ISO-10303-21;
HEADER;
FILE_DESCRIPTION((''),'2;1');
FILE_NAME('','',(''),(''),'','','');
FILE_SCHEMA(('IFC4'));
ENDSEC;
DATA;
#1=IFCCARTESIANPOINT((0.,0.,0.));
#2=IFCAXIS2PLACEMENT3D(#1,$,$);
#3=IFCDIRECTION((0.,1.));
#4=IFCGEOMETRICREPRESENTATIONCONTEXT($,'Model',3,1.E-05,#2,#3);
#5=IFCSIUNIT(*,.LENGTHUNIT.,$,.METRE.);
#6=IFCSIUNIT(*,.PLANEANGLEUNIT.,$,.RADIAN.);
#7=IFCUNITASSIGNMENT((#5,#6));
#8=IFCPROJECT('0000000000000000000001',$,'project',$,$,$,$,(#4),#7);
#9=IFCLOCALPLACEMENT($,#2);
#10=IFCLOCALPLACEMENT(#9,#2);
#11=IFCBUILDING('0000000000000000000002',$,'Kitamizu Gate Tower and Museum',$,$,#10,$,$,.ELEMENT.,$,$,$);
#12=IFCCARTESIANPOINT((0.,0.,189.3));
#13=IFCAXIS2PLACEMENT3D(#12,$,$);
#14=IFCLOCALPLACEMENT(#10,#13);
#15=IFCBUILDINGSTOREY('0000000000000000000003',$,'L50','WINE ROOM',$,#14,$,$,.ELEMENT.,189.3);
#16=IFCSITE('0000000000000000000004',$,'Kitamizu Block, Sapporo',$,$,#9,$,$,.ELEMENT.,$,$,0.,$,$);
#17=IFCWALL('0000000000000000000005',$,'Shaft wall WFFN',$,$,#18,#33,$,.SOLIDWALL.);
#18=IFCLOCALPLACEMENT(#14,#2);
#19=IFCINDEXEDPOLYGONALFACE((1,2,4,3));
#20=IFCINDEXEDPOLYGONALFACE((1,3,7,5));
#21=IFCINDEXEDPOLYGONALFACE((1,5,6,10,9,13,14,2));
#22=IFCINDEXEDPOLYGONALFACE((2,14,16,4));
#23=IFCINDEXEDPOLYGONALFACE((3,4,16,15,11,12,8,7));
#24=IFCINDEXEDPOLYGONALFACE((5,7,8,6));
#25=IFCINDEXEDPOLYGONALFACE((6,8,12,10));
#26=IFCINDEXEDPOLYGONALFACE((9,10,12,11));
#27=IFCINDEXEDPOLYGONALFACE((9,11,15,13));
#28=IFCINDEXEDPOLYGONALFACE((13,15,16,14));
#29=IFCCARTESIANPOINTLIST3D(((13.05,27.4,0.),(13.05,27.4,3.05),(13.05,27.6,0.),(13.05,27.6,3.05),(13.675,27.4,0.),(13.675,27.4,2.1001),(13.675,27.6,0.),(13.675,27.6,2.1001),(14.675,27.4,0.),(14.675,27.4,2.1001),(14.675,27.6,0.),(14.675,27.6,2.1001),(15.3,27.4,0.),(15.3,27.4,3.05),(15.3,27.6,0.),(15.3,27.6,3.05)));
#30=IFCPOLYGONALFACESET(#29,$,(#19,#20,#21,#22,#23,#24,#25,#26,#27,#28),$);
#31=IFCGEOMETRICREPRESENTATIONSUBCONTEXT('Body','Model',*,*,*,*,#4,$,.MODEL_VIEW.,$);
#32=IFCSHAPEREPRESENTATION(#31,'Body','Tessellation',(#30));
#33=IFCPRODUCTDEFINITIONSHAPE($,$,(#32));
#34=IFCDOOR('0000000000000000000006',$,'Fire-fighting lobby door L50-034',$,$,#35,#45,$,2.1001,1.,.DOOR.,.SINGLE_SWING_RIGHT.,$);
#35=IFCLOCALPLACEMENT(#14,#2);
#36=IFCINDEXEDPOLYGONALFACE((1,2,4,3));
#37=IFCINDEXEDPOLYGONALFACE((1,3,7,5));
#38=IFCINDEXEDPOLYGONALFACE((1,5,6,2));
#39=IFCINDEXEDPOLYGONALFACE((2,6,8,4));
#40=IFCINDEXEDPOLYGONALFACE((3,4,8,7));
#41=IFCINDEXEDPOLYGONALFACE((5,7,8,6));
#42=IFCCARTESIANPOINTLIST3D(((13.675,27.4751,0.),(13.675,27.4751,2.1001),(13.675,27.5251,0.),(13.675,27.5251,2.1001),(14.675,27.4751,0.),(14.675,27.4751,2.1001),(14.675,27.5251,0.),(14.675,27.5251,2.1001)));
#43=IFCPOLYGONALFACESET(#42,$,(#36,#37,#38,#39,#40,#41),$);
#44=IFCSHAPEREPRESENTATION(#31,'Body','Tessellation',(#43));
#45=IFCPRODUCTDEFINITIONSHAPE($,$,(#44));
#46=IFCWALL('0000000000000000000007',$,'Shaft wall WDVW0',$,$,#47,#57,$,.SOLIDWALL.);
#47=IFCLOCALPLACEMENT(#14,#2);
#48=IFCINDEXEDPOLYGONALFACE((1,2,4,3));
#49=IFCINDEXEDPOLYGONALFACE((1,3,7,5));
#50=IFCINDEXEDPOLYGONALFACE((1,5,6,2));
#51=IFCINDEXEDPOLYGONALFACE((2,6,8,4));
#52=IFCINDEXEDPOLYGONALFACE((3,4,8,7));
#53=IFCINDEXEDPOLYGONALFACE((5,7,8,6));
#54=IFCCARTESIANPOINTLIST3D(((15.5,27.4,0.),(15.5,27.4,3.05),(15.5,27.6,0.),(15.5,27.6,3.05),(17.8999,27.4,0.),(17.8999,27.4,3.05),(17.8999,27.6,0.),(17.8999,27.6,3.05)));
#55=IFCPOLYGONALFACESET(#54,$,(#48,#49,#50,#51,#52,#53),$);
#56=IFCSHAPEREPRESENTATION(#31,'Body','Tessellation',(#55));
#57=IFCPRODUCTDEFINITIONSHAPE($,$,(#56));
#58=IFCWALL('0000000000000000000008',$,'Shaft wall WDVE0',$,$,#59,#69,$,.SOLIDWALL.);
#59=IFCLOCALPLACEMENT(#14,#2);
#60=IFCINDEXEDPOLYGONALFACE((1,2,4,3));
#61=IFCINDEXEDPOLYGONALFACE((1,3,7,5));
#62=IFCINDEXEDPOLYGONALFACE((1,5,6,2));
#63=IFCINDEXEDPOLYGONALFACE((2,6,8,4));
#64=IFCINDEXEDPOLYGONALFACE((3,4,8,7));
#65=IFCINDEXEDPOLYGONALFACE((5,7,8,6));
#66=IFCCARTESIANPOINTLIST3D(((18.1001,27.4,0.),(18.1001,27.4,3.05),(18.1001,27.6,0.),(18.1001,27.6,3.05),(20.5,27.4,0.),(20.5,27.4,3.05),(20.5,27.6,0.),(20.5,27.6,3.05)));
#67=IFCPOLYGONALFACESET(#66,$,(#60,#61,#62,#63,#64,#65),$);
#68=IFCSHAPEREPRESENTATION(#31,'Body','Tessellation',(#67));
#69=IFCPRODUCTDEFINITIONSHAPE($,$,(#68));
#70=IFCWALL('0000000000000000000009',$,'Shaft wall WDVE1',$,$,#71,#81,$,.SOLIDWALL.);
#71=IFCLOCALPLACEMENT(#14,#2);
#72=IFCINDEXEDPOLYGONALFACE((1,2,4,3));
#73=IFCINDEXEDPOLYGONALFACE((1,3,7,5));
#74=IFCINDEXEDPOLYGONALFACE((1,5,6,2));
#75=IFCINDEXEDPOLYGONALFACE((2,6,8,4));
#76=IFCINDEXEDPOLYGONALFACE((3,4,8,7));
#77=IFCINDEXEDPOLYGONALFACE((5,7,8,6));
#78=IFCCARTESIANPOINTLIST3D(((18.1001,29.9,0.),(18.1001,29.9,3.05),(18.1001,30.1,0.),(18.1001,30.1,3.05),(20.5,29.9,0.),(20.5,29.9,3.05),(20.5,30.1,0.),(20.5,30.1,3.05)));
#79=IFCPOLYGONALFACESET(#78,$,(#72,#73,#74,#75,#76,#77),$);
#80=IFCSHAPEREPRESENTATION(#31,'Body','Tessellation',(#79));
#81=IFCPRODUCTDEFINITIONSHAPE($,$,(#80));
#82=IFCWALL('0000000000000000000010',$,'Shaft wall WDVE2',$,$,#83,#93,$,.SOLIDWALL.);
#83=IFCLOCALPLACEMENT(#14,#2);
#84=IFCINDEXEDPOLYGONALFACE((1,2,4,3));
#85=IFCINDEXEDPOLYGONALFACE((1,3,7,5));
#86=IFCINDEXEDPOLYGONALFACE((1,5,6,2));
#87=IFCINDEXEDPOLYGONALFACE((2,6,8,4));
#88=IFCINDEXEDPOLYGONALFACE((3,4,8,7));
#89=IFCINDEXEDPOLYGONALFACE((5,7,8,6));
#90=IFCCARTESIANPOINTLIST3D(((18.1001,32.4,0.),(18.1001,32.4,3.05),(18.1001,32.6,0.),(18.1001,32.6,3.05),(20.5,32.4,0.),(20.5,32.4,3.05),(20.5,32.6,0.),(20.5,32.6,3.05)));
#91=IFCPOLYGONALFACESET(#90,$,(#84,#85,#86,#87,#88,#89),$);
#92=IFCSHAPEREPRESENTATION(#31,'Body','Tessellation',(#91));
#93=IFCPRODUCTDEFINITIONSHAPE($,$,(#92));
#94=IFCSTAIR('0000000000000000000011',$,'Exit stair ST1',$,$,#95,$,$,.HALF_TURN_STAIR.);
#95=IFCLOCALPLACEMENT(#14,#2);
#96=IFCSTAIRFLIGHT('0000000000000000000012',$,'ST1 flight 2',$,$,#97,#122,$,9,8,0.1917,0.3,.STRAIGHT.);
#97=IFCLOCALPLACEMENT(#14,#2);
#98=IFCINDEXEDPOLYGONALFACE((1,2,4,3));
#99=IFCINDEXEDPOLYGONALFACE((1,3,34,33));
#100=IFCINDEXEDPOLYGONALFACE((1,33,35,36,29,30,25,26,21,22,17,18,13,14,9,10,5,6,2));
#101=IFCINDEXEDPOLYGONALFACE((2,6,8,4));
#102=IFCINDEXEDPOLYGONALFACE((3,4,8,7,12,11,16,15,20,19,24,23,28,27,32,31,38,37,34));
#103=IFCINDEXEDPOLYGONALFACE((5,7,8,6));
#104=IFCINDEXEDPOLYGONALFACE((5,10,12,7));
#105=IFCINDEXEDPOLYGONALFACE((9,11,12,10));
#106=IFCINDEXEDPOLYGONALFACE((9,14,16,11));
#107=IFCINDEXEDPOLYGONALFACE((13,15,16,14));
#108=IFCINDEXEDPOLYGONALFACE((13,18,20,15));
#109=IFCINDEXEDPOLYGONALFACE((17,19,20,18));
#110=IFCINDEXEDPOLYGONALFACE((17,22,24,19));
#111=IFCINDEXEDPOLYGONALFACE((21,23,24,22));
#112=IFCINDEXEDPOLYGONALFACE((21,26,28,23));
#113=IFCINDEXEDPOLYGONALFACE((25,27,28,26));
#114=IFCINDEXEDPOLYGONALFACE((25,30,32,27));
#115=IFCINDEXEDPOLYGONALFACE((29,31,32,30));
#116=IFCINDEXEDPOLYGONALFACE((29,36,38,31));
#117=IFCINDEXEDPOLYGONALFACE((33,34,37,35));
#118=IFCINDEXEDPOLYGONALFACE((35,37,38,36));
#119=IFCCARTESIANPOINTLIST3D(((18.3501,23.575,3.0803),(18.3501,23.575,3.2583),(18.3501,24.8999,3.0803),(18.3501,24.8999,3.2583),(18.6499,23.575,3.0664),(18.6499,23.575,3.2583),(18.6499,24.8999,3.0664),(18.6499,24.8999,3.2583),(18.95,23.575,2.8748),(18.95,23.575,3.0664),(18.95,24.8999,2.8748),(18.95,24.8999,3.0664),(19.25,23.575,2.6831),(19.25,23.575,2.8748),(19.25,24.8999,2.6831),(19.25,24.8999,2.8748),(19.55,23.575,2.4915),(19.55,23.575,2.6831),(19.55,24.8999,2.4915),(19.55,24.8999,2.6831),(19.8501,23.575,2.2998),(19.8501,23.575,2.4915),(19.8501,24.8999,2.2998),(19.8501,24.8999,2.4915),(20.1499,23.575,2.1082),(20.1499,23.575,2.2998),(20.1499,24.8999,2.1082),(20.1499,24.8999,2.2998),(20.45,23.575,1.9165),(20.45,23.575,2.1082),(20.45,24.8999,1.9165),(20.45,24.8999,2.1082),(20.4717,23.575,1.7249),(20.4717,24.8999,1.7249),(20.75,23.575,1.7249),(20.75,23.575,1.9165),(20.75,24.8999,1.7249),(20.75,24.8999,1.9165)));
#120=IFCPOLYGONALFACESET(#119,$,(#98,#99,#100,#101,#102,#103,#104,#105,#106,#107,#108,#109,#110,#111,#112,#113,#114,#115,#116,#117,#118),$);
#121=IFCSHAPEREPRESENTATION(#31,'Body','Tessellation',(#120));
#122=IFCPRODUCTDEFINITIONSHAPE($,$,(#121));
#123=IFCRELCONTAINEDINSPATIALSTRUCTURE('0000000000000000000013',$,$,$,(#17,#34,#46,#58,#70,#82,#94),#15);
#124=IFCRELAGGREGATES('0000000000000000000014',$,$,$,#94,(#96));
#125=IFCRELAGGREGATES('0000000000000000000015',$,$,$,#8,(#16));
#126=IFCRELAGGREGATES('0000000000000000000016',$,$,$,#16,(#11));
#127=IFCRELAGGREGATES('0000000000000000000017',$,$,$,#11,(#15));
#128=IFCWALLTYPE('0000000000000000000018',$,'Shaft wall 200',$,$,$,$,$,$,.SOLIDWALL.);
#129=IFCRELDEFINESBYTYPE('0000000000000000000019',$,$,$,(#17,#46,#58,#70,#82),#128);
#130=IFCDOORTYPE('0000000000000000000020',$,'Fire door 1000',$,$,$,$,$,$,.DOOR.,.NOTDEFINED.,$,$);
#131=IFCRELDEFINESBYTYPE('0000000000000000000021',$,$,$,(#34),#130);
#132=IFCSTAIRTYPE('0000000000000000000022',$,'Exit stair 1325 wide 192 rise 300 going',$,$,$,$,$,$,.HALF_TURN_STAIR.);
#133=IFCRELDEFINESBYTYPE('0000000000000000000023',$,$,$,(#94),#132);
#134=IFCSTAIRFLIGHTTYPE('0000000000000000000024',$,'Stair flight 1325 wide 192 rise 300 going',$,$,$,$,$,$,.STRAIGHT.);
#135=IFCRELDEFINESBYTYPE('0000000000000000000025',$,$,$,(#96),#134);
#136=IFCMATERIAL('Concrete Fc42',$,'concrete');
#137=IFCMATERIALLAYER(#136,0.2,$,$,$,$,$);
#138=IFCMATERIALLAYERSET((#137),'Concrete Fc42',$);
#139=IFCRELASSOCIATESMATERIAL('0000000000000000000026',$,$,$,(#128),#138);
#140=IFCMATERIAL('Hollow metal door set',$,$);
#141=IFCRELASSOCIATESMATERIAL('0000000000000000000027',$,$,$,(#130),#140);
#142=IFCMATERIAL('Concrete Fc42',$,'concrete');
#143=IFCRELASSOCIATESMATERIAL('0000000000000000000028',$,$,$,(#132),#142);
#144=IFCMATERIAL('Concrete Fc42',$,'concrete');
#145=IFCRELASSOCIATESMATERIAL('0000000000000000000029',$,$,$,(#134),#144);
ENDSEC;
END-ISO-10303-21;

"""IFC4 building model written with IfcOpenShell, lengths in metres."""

from ifc_helpers import new_model, si_unit, direction, frame, frame_2d, origin, place, context, subcontext, project, spatial, polyline, rectangle, outline, extrude, material, layer, layer_set, type_object, element, fill, aggregate, save


model = new_model("IFC4")

# Units and contexts
model_context = context("Model", 3, precision=1e-05, world=origin(), true_north=direction((0.0, 1.0)))
body_context = subcontext(model_context, "Body", "Model", "MODEL_VIEW")
ifc_project = project(units=[si_unit("LENGTHUNIT", "METRE"), si_unit("PLANEANGLEUNIT", "RADIAN")], contexts=[model_context])

# Site, building, storey
site_placement = place(None, origin())
site = spatial("IfcSite", under=ifc_project, at=site_placement, Name="Kitamizu Block, Sapporo", CompositionType="ELEMENT", RefElevation=0.0)
building_placement = place(site_placement, origin())
building = spatial("IfcBuilding", under=site, at=building_placement, Name="Kitamizu Gate Tower and Museum", CompositionType="ELEMENT")
storey_placement = place(building_placement, frame((0.0, 0.0, 189.3)))
storey = spatial("IfcBuildingStorey", under=building, at=storey_placement, Name="L50", Description="WINE ROOM", CompositionType="ELEMENT", Elevation=189.3)

# Shared definitions
ifc_material_1 = material(Name="Concrete Fc42", Category="concrete")
ifc_layer_1 = layer(ifc_material_1, 0.2)
ifc_layer_set_1 = layer_set([ifc_layer_1], Name="Concrete Fc42")
wall_type_1 = type_object("IfcWallType", Name="Shaft wall 200", PredefinedType="SOLIDWALL", material=ifc_layer_set_1)
ifc_material_2 = material(Name="Hollow metal door set")
door_type_1 = type_object("IfcDoorType", Name="Fire door 1000", OperationType="NOTDEFINED", PredefinedType="DOOR", material=ifc_material_2)

# Wall, opening, door
wall_1_placement = place(storey_placement, frame((13.05, 27.5, 0.0), z_axis=(0.0, 0.0, 1.0), x_axis=(1.0, 0.0, 0.0)))
wall_1 = element("IfcWall", 1, at=wall_1_placement, inside=storey, type_object=wall_type_1, Name="Shaft wall WFFN", PredefinedType="SOLIDWALL", context=body_context, shape_type="SweptSolid", body=[
    extrude(rectangle(XDim=2.25, YDim=0.2, at=frame_2d((1.125, 0.0))), origin(), (0.0, 0.0, 1.0), 3.05),
])
opening_1_placement = place(wall_1_placement, frame((0.625, 0.0, 0.0)))
opening_1 = element("IfcOpeningElement", 2, at=opening_1_placement, cuts=wall_1, PredefinedType="OPENING", context=body_context, shape_type="SweptSolid", body=[
    extrude(rectangle(XDim=1.0, YDim=2.1001, at=frame_2d((0.5, 1.05))), frame((0.0, 0.1099, 0.0), z_axis=(0.0, -1.0, 0.0), x_axis=(1.0, 0.0, 0.0)), (0.0, 0.0, 1.0), 0.22),
])
door_1_placement = place(opening_1_placement, frame((1.0, 0.0, 0.0), x_axis=(-1.0, 0.0, 0.0)))
door_1 = element("IfcDoor", 3, at=door_1_placement, inside=storey, type_object=door_type_1, Name="Fire-fighting lobby door L50-034", OperationType="SINGLE_SWING_RIGHT", OverallHeight=2.1001, OverallWidth=1.0, PredefinedType="DOOR", context=body_context, shape_type="SweptSolid", body=[
    extrude(rectangle(XDim=1.0, YDim=2.1001, at=frame_2d((0.5, 1.05))), frame((0.0, 0.0249, 0.0), z_axis=(0.0, -1.0, 0.0), x_axis=(1.0, 0.0, 0.0)), (0.0, 0.0, 1.0), 0.05),
])
fill(opening_1, door_1)

# Walls
for number, where, z_axis, x_axis, name in (
    (4, (15.5, 27.5, 0.0), (0.0, 0.0, 1.0), (1.0, 0.0, 0.0), "Shaft wall WDVW0"),
    (5, (18.1001, 27.5, 0.0), (0.0, 0.0, 1.0), (1.0, 0.0, 0.0), "Shaft wall WDVE0"),
    (6, (18.1001, 30.0, 0.0), (0.0, 0.0, 1.0), (1.0, 0.0, 0.0), "Shaft wall WDVE1"),
    (7, (18.1001, 32.5, 0.0), (0.0, 0.0, 1.0), (1.0, 0.0, 0.0), "Shaft wall WDVE2"),
):
    element("IfcWall", number, at=place(storey_placement, frame(where, z_axis=z_axis, x_axis=x_axis)), inside=storey, type_object=wall_type_1, Name=name, PredefinedType="SOLIDWALL", context=body_context, shape_type="SweptSolid", body=[
        extrude(rectangle(XDim=2.3999, YDim=0.2, at=frame_2d((1.2, 0.0))), origin(), (0.0, 0.0, 1.0), 3.05),
    ])

# Stair, stair flight
ifc_material_3 = material(Name="Concrete Fc42", Category="concrete")
stair_type = type_object("IfcStairType", Name="Exit stair 1325 wide 192 rise 300 going", PredefinedType="HALF_TURN_STAIR", material=ifc_material_3)
stair_placement = place(storey_placement, origin())
stair = element("IfcStair", 8, at=stair_placement, inside=storey, type_object=stair_type, Name="Exit stair ST1", PredefinedType="HALF_TURN_STAIR")
ifc_material_4 = material(Name="Concrete Fc42", Category="concrete")
stair_flight_type = type_object("IfcStairFlightType", Name="Stair flight 1325 wide 192 rise 300 going", PredefinedType="STRAIGHT", material=ifc_material_4)
stair_flight_placement = place(storey_placement, frame((20.75, 24.2375, 1.7249), z_axis=(0.0, 0.0, 1.0), x_axis=(-1.0, 0.0, 0.0)))
stair_flight = element("IfcStairFlight", 9, at=stair_flight_placement, type_object=stair_flight_type, Name="ST1 flight 2", NumberOfRisers=9, NumberOfTreads=8, PredefinedType="STRAIGHT", RiserHeight=0.1917, TreadLength=0.3, context=body_context, shape_type="SweptSolid", body=[
    extrude(outline(polyline([(0.0, 0.0), (0.0, 0.1917), (0.3, 0.1917), (0.3, 0.3833), (0.6001, 0.3833), (0.6001, 0.575), (0.8999, 0.575), (0.8999, 0.7666), (1.2, 0.7666), (1.2, 0.9583), (1.5, 0.9583), (1.5, 1.1499), (1.8, 1.1499), (1.8, 1.3416), (2.1001, 1.3416), (2.1001, 1.5334), (2.3999, 1.5334), (2.3999, 1.7251), (2.3999, 1.3555), (0.2783, 0.0), (0.0, 0.0)])), frame((0.0, 0.6626, 0.0), z_axis=(0.0, -1.0, 0.0), x_axis=(1.0, 0.0, 0.0)), (0.0, 0.0, 1.0), 1.325),
])
aggregate(stair, [stair_flight])

save(model, "model.ifc")
